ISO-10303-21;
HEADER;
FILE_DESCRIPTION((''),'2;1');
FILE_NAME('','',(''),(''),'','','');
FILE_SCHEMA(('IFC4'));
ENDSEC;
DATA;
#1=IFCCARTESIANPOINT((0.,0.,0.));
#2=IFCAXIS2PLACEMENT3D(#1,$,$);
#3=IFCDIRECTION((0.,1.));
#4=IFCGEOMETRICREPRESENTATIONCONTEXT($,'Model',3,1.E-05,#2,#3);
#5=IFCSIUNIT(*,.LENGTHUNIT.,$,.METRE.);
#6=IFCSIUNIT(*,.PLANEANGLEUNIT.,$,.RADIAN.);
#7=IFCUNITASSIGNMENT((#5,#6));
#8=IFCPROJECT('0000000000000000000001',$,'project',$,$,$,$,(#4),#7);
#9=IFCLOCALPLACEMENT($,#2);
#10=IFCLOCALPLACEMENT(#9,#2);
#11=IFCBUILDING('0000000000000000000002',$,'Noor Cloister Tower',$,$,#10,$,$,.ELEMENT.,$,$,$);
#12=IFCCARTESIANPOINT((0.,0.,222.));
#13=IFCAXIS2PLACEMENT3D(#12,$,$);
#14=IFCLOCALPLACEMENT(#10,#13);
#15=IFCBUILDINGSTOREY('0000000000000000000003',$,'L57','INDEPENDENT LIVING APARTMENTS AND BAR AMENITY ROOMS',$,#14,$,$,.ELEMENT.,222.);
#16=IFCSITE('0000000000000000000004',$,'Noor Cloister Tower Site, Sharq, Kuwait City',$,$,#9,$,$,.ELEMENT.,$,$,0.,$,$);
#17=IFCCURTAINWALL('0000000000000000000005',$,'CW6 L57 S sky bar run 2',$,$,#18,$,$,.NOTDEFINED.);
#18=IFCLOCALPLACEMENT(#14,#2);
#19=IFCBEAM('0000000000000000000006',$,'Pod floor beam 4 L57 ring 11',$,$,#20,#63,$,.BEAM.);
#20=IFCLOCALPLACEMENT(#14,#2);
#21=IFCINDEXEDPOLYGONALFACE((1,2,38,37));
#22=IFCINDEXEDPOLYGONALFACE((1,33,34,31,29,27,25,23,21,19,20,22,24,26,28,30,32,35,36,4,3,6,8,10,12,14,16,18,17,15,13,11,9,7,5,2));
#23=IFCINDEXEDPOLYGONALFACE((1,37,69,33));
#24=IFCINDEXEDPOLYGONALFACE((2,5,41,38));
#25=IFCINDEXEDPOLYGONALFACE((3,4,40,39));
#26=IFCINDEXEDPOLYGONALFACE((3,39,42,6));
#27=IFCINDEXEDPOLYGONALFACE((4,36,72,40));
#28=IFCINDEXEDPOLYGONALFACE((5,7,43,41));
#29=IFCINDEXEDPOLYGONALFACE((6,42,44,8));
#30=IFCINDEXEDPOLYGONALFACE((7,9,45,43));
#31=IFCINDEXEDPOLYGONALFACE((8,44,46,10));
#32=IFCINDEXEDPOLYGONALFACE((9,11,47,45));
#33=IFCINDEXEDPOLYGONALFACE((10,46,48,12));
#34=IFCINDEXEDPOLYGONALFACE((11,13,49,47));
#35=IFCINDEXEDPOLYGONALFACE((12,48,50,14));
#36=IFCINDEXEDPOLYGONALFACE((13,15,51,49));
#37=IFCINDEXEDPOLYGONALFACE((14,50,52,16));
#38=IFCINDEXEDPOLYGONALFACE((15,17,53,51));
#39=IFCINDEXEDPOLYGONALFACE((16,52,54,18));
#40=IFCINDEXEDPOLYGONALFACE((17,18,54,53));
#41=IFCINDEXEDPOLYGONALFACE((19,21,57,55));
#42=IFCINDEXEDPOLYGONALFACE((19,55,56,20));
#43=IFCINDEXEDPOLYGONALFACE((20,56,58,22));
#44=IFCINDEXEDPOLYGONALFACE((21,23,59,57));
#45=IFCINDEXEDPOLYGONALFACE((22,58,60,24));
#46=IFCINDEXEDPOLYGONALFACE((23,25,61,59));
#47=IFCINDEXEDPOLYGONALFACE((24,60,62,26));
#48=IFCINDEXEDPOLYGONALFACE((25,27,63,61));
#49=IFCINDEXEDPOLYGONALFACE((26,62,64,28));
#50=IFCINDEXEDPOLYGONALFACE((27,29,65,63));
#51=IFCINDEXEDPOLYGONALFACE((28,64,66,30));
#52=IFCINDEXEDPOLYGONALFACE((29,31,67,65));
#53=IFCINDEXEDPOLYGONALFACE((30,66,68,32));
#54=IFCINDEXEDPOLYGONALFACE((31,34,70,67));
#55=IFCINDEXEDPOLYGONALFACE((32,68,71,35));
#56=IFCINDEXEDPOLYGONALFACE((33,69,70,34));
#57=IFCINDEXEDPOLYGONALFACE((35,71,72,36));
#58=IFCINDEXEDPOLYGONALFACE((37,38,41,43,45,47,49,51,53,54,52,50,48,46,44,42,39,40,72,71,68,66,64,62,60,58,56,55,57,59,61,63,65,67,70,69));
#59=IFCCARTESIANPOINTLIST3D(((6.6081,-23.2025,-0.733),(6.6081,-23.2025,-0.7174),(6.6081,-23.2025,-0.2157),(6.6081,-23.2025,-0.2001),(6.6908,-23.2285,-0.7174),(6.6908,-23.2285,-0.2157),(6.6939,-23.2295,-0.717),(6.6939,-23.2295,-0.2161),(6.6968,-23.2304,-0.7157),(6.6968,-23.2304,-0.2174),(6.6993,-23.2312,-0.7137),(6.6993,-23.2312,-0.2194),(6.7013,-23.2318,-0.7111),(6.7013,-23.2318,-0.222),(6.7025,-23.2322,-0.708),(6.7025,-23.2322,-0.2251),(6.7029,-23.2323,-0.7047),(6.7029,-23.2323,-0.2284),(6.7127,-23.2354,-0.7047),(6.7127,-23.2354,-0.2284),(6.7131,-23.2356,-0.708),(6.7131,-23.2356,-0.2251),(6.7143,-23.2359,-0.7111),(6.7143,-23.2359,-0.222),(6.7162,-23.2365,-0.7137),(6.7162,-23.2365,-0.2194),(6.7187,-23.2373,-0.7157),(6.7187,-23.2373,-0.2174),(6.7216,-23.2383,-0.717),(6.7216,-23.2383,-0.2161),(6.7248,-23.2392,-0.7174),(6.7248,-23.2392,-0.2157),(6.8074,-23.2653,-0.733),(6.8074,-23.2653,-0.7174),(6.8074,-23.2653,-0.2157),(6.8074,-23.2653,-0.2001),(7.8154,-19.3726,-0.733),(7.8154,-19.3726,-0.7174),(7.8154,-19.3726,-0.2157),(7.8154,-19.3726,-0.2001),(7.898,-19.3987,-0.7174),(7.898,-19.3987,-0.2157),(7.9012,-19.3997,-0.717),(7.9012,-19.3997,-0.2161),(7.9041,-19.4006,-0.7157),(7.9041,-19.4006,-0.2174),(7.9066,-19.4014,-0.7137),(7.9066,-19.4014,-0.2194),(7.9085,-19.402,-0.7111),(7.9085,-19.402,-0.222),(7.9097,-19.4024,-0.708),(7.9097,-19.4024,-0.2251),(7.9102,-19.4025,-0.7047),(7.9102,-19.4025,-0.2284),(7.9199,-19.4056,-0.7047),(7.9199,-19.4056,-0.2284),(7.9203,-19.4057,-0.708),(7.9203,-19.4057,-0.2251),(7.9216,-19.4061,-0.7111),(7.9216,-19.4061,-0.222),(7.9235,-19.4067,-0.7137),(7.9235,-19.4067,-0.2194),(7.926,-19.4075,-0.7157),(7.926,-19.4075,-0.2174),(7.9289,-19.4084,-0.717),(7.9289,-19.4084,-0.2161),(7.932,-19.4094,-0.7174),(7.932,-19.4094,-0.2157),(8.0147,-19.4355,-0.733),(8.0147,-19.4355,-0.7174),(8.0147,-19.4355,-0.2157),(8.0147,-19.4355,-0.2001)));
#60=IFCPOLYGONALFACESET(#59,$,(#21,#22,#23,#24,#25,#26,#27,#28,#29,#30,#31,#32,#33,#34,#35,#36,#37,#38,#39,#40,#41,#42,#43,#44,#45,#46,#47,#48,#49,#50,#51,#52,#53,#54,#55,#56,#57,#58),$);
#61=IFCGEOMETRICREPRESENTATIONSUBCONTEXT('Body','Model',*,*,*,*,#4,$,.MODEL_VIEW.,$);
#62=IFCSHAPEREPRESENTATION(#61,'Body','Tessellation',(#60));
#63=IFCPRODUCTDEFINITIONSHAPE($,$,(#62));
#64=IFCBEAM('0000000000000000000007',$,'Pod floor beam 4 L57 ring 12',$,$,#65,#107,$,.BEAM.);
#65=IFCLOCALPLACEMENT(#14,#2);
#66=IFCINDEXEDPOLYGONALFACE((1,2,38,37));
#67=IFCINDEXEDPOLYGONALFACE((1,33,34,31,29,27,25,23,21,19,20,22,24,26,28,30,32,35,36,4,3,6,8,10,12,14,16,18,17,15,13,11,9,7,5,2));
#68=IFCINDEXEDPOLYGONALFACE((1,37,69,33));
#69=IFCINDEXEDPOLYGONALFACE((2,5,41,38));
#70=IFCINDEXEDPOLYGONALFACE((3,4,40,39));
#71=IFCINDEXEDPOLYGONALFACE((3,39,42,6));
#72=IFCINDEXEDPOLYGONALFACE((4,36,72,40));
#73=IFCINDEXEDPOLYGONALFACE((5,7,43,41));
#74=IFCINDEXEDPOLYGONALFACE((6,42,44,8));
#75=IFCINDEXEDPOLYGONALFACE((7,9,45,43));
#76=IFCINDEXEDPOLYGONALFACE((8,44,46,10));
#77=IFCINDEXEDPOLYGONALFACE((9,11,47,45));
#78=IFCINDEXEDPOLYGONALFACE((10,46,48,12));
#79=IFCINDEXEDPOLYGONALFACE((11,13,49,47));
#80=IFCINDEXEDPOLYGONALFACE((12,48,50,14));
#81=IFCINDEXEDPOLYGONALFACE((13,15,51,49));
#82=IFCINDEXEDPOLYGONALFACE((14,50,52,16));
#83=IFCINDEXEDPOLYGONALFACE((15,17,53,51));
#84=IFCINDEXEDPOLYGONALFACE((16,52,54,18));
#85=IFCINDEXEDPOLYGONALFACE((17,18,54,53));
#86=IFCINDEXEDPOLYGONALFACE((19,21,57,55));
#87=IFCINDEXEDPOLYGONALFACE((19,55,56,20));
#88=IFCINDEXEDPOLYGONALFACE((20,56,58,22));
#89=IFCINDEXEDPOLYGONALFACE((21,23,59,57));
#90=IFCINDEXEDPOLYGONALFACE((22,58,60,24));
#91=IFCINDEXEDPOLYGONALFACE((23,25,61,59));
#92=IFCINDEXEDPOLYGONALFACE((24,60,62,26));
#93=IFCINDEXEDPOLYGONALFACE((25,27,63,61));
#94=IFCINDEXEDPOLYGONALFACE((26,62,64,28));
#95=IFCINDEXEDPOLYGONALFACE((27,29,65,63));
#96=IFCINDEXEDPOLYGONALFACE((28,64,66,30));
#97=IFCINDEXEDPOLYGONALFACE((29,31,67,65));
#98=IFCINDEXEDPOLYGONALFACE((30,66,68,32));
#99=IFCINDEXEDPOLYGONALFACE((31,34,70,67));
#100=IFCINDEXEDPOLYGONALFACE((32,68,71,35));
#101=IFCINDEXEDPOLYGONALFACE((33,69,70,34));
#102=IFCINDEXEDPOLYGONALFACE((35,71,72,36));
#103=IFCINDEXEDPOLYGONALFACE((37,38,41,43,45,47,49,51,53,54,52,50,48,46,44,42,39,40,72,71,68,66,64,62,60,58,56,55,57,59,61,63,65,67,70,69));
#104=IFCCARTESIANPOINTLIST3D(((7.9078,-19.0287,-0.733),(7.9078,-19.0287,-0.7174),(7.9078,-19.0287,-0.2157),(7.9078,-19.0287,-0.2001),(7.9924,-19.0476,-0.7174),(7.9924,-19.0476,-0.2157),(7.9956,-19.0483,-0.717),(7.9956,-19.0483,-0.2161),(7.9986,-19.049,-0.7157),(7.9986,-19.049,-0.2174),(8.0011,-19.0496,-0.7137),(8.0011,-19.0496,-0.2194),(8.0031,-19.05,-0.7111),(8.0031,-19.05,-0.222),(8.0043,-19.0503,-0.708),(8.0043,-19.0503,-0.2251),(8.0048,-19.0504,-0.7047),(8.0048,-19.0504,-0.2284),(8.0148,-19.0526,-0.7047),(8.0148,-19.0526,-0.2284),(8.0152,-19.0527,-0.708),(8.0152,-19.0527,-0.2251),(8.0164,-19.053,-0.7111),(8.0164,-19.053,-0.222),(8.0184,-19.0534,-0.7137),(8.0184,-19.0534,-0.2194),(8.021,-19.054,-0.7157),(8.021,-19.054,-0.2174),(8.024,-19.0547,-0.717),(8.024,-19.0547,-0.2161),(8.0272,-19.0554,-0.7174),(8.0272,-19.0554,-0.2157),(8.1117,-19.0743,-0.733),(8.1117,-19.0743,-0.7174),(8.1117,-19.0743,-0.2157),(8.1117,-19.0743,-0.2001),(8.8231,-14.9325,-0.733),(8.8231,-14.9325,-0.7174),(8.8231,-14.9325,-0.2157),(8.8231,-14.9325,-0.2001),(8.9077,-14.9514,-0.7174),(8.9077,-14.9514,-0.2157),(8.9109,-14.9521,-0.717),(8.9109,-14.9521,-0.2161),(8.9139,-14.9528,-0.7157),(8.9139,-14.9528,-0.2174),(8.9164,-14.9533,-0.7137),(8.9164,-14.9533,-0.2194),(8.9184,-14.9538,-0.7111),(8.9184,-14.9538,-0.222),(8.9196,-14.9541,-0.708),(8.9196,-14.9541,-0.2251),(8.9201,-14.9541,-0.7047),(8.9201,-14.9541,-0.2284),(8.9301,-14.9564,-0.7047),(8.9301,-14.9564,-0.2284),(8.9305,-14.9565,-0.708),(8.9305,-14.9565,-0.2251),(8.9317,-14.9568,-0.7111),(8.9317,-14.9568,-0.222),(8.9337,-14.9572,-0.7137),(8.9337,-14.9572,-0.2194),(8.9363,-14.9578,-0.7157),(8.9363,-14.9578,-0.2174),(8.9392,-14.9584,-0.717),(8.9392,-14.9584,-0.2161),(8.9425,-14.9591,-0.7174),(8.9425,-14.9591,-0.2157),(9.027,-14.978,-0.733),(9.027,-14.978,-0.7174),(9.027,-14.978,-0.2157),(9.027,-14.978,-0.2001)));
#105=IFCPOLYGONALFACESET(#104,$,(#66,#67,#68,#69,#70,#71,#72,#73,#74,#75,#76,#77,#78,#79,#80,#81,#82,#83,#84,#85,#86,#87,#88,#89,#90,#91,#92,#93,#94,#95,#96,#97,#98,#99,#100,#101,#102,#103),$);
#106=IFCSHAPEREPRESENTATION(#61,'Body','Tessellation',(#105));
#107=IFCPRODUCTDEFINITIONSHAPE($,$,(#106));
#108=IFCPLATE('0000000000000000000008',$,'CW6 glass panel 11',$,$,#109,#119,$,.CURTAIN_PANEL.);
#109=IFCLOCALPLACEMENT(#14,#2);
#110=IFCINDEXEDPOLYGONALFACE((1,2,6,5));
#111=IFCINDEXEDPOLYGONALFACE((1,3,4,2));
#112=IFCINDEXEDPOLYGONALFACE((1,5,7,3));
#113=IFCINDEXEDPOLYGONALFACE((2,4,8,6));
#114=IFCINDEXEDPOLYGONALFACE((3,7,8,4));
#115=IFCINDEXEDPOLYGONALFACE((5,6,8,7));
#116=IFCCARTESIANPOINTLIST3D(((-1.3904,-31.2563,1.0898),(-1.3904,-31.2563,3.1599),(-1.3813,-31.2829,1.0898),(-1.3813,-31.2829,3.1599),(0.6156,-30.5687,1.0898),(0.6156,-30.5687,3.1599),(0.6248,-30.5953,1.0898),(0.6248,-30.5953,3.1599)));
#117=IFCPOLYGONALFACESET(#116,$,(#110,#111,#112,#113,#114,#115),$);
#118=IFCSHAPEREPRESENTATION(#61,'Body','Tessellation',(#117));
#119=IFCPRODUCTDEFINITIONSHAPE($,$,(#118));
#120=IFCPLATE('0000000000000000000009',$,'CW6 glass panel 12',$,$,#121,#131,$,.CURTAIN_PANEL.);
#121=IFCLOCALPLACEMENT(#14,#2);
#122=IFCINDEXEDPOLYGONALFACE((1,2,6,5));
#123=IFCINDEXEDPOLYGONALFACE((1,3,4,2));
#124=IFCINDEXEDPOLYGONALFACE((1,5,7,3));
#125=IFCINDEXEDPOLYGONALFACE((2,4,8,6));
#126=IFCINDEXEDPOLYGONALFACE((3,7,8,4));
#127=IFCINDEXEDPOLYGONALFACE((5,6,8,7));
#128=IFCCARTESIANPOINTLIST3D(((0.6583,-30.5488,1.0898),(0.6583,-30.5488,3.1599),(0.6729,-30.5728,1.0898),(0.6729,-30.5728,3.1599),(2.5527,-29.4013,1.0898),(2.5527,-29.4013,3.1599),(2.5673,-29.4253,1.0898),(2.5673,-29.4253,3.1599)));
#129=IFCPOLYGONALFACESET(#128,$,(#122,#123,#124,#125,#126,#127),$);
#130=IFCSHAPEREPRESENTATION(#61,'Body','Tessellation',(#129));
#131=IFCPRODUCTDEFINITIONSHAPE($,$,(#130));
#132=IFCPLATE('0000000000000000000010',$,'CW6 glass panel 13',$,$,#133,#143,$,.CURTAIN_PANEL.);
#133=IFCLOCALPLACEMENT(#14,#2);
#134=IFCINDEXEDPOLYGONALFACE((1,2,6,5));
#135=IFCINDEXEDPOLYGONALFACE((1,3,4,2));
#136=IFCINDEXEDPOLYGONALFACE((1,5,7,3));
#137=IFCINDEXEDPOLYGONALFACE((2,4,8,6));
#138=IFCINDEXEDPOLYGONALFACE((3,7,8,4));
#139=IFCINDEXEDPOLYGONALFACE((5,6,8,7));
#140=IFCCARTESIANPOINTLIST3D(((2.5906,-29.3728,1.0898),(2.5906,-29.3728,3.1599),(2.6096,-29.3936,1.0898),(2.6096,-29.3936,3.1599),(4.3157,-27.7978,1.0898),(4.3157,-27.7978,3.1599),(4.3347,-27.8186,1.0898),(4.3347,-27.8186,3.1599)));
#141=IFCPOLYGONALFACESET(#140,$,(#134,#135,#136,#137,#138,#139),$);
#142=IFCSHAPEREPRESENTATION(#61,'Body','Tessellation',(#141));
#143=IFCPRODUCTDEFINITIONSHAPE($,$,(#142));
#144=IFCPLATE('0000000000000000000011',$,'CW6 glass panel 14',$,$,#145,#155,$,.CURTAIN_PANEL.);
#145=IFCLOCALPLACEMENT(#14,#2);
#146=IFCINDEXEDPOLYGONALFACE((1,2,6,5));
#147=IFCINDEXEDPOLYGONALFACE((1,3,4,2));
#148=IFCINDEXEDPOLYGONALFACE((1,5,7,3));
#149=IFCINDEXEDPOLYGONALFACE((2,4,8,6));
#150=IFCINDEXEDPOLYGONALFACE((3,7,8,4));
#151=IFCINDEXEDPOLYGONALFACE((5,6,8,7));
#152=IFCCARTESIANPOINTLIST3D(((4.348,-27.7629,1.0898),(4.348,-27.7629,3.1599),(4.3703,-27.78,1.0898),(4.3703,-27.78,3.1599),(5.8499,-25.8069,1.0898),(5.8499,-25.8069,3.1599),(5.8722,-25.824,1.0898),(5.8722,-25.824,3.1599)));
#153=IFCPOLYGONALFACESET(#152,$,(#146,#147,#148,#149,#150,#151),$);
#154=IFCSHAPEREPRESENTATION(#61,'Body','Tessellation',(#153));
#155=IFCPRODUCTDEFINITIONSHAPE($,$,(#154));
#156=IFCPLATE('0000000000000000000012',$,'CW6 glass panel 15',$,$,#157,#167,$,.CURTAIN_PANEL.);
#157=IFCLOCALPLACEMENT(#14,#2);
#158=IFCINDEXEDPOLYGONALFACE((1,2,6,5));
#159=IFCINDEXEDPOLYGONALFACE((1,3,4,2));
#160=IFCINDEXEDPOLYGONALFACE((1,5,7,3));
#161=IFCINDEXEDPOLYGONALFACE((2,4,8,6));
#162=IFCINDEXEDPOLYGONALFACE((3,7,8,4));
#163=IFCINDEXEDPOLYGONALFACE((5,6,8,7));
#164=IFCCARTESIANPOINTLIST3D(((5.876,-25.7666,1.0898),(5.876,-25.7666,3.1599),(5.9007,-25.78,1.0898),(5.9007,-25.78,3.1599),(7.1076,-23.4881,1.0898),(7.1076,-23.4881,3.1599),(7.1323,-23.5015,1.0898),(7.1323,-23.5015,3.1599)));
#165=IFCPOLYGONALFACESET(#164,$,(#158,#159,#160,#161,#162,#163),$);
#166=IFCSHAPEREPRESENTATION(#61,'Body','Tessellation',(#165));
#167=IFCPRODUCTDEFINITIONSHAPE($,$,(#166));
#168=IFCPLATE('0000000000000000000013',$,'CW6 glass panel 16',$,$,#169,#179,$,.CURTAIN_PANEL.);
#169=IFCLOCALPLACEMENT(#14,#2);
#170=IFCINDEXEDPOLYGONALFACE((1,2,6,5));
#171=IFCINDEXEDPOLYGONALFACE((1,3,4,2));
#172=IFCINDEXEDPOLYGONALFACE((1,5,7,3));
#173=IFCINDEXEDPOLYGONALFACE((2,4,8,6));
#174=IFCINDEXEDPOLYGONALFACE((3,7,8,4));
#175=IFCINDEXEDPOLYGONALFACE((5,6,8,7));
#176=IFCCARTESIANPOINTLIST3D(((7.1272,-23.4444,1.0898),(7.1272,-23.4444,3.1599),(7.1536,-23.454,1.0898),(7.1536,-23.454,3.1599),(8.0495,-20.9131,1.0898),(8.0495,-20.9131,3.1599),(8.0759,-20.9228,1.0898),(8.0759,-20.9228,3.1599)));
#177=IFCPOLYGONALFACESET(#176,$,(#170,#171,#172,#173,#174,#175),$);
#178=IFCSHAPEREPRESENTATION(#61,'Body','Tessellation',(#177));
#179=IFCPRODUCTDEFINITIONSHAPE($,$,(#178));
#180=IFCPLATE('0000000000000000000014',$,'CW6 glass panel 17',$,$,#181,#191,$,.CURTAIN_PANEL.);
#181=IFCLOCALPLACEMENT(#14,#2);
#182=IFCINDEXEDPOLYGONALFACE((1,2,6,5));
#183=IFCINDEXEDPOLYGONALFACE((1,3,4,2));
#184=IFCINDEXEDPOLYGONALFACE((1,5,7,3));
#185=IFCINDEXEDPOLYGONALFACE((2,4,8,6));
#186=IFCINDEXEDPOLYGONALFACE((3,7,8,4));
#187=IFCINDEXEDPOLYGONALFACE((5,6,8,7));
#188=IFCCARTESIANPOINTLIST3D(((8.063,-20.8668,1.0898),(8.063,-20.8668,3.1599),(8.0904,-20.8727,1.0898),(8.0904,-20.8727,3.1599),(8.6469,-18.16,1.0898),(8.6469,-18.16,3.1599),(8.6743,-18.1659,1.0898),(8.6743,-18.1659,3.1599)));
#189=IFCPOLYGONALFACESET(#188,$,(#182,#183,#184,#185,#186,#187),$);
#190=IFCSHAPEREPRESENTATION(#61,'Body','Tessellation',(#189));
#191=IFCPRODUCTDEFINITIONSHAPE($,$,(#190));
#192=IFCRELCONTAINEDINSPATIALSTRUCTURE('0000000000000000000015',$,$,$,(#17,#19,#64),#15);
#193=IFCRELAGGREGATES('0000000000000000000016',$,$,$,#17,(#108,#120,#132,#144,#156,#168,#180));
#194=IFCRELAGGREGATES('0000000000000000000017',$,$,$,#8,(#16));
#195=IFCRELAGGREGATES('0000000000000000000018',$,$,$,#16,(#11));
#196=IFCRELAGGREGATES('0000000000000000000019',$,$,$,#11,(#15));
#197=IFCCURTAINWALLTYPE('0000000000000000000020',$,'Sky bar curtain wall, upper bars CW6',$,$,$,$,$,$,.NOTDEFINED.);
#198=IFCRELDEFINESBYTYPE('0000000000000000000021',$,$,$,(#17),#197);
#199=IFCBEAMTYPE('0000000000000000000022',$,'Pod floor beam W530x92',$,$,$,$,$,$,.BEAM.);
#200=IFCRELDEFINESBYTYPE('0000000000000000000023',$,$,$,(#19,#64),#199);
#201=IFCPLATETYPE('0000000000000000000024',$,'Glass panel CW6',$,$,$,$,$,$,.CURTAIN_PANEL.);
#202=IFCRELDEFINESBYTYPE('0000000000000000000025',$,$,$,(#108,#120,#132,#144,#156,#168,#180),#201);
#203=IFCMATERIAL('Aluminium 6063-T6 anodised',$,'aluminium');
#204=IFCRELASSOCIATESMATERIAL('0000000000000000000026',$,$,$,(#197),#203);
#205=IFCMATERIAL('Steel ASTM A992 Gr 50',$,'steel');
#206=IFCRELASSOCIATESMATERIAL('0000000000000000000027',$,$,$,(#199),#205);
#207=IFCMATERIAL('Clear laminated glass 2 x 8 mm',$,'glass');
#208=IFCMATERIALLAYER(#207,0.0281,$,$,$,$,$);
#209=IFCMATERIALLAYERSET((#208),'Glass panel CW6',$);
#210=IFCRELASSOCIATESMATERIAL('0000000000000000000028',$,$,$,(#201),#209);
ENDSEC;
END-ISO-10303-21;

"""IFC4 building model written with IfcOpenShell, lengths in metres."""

from ifc_helpers import new_model, si_unit, direction, frame, origin, origin_2d, place, context, subcontext, project, spatial, rectangle, i_section, extrude, material, layer, layer_set, material_profile, profile_set, type_object, element, aggregate, save


model = new_model("IFC4")

# Units and contexts
model_context = context("Model", 3, precision=1e-05, world=origin(), true_north=direction((0.0, 1.0)))
body_context = subcontext(model_context, "Body", "Model", "MODEL_VIEW")
ifc_project = project(units=[si_unit("LENGTHUNIT", "METRE"), si_unit("PLANEANGLEUNIT", "RADIAN")], contexts=[model_context])

# Site, building, storey
site_placement = place(None, origin())
site = spatial("IfcSite", under=ifc_project, at=site_placement, Name="Noor Cloister Tower Site, Sharq, Kuwait City", CompositionType="ELEMENT", RefElevation=0.0)
building_placement = place(site_placement, origin())
building = spatial("IfcBuilding", under=site, at=building_placement, Name="Noor Cloister Tower", CompositionType="ELEMENT")
storey_placement = place(building_placement, frame((0.0, 0.0, 222.0)))
storey = spatial("IfcBuildingStorey", under=building, at=storey_placement, Name="L57", Description="INDEPENDENT LIVING APARTMENTS AND BAR AMENITY ROOMS", CompositionType="ELEMENT", Elevation=222.0)

# Curtain wall
ifc_material_1 = material(Name="Aluminium 6063-T6 anodised", Category="aluminium")
curtain_wall_type = type_object("IfcCurtainWallType", Name="Sky bar curtain wall, upper bars CW6", PredefinedType="NOTDEFINED", material=ifc_material_1)
curtain_wall_placement = place(storey_placement, origin())
curtain_wall = element("IfcCurtainWall", 1, at=curtain_wall_placement, inside=storey, type_object=curtain_wall_type, Name="CW6 L57 S sky bar run 2", PredefinedType="NOTDEFINED")

# Beams
ifc_material_2 = material(Name="Steel ASTM A992 Gr 50", Category="steel")
ifc_material_profile_1 = material_profile(ifc_material_2, i_section(OverallWidth=0.209, OverallDepth=0.533, WebThickness=0.0103, FlangeThickness=0.0156, FilletRadius=0.0127, at=origin_2d()), Name="W530x92")
ifc_profile_set_1 = profile_set([ifc_material_profile_1], Name="Steel ASTM A992 Gr 50")
beam_type = type_object("IfcBeamType", Name="Pod floor beam W530x92", PredefinedType="BEAM", material=ifc_profile_set_1)
beam_1_placement = place(storey_placement, frame((6.7078, -23.2339, -0.4666), z_axis=(0.300645, 0.953736, 0.0), x_axis=(-0.953736, 0.300645, 0.0)))
element("IfcBeam", 2, at=beam_1_placement, inside=storey, type_object=beam_type, Name="Pod floor beam 4 L57 ring 11", PredefinedType="BEAM", context=body_context, shape_type="SweptSolid", body=[
    extrude(i_section(OverallWidth=0.209, OverallDepth=0.533, WebThickness=0.0103, FlangeThickness=0.0156, FilletRadius=0.0127, at=origin_2d()), origin(), (0.0, 0.0, 1.0), 4.0156),
])
beam_2_placement = place(storey_placement, frame((8.0098, -19.0515, -0.4666), z_axis=(0.21807, 0.975933, 0.0), x_axis=(-0.975933, 0.21807, 0.0)))
element("IfcBeam", 3, at=beam_2_placement, inside=storey, type_object=beam_type, Name="Pod floor beam 4 L57 ring 12", PredefinedType="BEAM", context=body_context, shape_type="SweptSolid", body=[
    extrude(i_section(OverallWidth=0.209, OverallDepth=0.533, WebThickness=0.0103, FlangeThickness=0.0156, FilletRadius=0.0127, at=origin_2d()), origin(), (0.0, 0.0, 1.0), 4.1973),
])

# Plates
ifc_material_3 = material(Name="Clear laminated glass 2 x 8 mm", Category="glass")
ifc_layer_1 = layer(ifc_material_3, 0.0281)
ifc_layer_set_1 = layer_set([ifc_layer_1], Name="Glass panel CW6")
plate_type = type_object("IfcPlateType", Name="Glass panel CW6", PredefinedType="CURTAIN_PANEL", material=ifc_layer_set_1)
plate_1_placement = place(storey_placement, frame((-0.3828, -30.9258, 1.0898), z_axis=(0.0, 0.0, 1.0), x_axis=(0.94597, 0.324256, 0.0)))
plate_1 = element("IfcPlate", 4, at=plate_1_placement, type_object=plate_type, Name="CW6 glass panel 11", PredefinedType="CURTAIN_PANEL", context=body_context, shape_type="SweptSolid", body=[
    extrude(rectangle(XDim=2.1206, YDim=0.0281, at=origin_2d()), origin(), (0.0, 0.0, 1.0), 2.0701),
])
plate_2_placement = place(storey_placement, frame((1.6128, -29.9871, 1.0898), z_axis=(0.0, 0.0, 1.0), x_axis=(0.855314, 0.51811, 0.0)))
plate_2 = element("IfcPlate", 5, at=plate_2_placement, type_object=plate_type, Name="CW6 glass panel 12", PredefinedType="CURTAIN_PANEL", context=body_context, shape_type="SweptSolid", body=[
    extrude(rectangle(XDim=2.2148, YDim=0.0281, at=origin_2d()), origin(), (0.0, 0.0, 1.0), 2.0701),
])
plate_3_placement = place(storey_placement, frame((3.4626, -28.5957, 1.0898), z_axis=(0.0, 0.0, 1.0), x_axis=(0.738502, 0.674252, 0.0)))
plate_3 = element("IfcPlate", 6, at=plate_3_placement, type_object=plate_type, Name="CW6 glass panel 13", PredefinedType="CURTAIN_PANEL", context=body_context, shape_type="SweptSolid", body=[
    extrude(rectangle(XDim=2.3359, YDim=0.0281, at=origin_2d()), origin(), (0.0, 0.0, 1.0), 2.0701),
])
plate_4_placement = place(storey_placement, frame((5.1101, -26.7935, 1.0898), z_axis=(0.0, 0.0, 1.0), x_axis=(0.609017, 0.793157, 0.0)))
plate_4 = element("IfcPlate", 7, at=plate_4_placement, type_object=plate_type, Name="CW6 glass panel 14", PredefinedType="CURTAIN_PANEL", context=body_context, shape_type="SweptSolid", body=[
    extrude(rectangle(XDim=2.4661, YDim=0.0281, at=origin_2d()), origin(), (0.0, 0.0, 1.0), 2.0701),
])
plate_5_placement = place(storey_placement, frame((6.5042, -24.634, 1.0898), z_axis=(0.0, 0.0, 1.0), x_axis=(0.47553, 0.879699, 0.0)))
plate_5 = element("IfcPlate", 8, at=plate_5_placement, type_object=plate_type, Name="CW6 glass panel 15", PredefinedType="CURTAIN_PANEL", context=body_context, shape_type="SweptSolid", body=[
    extrude(rectangle(XDim=2.5901, YDim=0.0281, at=origin_2d()), origin(), (0.0, 0.0, 1.0), 2.0701),
])
plate_6_placement = place(storey_placement, frame((7.6016, -22.1836, 1.0898), z_axis=(0.0, 0.0, 1.0), x_axis=(0.342351, 0.939572, 0.0)))
plate_6 = element("IfcPlate", 9, at=plate_6_placement, type_object=plate_type, Name="CW6 glass panel 16", PredefinedType="CURTAIN_PANEL", context=body_context, shape_type="SweptSolid", body=[
    extrude(rectangle(XDim=2.6941, YDim=0.0281, at=origin_2d()), origin(), (0.0, 0.0, 1.0), 2.0701),
])
plate_7_placement = place(storey_placement, frame((8.3687, -19.5164, 1.0898), z_axis=(0.0, 0.0, 1.0), x_axis=(0.210872, 0.977514, 0.0)))
plate_7 = element("IfcPlate", 10, at=plate_7_placement, type_object=plate_type, Name="CW6 glass panel 17", PredefinedType="CURTAIN_PANEL", context=body_context, shape_type="SweptSolid", body=[
    extrude(rectangle(XDim=2.769, YDim=0.0281, at=origin_2d()), origin(), (0.0, 0.0, 1.0), 2.0701),
])
aggregate(curtain_wall, [plate_1, plate_2, plate_3, plate_4, plate_5, plate_6, plate_7])

save(model, "model.ifc")
